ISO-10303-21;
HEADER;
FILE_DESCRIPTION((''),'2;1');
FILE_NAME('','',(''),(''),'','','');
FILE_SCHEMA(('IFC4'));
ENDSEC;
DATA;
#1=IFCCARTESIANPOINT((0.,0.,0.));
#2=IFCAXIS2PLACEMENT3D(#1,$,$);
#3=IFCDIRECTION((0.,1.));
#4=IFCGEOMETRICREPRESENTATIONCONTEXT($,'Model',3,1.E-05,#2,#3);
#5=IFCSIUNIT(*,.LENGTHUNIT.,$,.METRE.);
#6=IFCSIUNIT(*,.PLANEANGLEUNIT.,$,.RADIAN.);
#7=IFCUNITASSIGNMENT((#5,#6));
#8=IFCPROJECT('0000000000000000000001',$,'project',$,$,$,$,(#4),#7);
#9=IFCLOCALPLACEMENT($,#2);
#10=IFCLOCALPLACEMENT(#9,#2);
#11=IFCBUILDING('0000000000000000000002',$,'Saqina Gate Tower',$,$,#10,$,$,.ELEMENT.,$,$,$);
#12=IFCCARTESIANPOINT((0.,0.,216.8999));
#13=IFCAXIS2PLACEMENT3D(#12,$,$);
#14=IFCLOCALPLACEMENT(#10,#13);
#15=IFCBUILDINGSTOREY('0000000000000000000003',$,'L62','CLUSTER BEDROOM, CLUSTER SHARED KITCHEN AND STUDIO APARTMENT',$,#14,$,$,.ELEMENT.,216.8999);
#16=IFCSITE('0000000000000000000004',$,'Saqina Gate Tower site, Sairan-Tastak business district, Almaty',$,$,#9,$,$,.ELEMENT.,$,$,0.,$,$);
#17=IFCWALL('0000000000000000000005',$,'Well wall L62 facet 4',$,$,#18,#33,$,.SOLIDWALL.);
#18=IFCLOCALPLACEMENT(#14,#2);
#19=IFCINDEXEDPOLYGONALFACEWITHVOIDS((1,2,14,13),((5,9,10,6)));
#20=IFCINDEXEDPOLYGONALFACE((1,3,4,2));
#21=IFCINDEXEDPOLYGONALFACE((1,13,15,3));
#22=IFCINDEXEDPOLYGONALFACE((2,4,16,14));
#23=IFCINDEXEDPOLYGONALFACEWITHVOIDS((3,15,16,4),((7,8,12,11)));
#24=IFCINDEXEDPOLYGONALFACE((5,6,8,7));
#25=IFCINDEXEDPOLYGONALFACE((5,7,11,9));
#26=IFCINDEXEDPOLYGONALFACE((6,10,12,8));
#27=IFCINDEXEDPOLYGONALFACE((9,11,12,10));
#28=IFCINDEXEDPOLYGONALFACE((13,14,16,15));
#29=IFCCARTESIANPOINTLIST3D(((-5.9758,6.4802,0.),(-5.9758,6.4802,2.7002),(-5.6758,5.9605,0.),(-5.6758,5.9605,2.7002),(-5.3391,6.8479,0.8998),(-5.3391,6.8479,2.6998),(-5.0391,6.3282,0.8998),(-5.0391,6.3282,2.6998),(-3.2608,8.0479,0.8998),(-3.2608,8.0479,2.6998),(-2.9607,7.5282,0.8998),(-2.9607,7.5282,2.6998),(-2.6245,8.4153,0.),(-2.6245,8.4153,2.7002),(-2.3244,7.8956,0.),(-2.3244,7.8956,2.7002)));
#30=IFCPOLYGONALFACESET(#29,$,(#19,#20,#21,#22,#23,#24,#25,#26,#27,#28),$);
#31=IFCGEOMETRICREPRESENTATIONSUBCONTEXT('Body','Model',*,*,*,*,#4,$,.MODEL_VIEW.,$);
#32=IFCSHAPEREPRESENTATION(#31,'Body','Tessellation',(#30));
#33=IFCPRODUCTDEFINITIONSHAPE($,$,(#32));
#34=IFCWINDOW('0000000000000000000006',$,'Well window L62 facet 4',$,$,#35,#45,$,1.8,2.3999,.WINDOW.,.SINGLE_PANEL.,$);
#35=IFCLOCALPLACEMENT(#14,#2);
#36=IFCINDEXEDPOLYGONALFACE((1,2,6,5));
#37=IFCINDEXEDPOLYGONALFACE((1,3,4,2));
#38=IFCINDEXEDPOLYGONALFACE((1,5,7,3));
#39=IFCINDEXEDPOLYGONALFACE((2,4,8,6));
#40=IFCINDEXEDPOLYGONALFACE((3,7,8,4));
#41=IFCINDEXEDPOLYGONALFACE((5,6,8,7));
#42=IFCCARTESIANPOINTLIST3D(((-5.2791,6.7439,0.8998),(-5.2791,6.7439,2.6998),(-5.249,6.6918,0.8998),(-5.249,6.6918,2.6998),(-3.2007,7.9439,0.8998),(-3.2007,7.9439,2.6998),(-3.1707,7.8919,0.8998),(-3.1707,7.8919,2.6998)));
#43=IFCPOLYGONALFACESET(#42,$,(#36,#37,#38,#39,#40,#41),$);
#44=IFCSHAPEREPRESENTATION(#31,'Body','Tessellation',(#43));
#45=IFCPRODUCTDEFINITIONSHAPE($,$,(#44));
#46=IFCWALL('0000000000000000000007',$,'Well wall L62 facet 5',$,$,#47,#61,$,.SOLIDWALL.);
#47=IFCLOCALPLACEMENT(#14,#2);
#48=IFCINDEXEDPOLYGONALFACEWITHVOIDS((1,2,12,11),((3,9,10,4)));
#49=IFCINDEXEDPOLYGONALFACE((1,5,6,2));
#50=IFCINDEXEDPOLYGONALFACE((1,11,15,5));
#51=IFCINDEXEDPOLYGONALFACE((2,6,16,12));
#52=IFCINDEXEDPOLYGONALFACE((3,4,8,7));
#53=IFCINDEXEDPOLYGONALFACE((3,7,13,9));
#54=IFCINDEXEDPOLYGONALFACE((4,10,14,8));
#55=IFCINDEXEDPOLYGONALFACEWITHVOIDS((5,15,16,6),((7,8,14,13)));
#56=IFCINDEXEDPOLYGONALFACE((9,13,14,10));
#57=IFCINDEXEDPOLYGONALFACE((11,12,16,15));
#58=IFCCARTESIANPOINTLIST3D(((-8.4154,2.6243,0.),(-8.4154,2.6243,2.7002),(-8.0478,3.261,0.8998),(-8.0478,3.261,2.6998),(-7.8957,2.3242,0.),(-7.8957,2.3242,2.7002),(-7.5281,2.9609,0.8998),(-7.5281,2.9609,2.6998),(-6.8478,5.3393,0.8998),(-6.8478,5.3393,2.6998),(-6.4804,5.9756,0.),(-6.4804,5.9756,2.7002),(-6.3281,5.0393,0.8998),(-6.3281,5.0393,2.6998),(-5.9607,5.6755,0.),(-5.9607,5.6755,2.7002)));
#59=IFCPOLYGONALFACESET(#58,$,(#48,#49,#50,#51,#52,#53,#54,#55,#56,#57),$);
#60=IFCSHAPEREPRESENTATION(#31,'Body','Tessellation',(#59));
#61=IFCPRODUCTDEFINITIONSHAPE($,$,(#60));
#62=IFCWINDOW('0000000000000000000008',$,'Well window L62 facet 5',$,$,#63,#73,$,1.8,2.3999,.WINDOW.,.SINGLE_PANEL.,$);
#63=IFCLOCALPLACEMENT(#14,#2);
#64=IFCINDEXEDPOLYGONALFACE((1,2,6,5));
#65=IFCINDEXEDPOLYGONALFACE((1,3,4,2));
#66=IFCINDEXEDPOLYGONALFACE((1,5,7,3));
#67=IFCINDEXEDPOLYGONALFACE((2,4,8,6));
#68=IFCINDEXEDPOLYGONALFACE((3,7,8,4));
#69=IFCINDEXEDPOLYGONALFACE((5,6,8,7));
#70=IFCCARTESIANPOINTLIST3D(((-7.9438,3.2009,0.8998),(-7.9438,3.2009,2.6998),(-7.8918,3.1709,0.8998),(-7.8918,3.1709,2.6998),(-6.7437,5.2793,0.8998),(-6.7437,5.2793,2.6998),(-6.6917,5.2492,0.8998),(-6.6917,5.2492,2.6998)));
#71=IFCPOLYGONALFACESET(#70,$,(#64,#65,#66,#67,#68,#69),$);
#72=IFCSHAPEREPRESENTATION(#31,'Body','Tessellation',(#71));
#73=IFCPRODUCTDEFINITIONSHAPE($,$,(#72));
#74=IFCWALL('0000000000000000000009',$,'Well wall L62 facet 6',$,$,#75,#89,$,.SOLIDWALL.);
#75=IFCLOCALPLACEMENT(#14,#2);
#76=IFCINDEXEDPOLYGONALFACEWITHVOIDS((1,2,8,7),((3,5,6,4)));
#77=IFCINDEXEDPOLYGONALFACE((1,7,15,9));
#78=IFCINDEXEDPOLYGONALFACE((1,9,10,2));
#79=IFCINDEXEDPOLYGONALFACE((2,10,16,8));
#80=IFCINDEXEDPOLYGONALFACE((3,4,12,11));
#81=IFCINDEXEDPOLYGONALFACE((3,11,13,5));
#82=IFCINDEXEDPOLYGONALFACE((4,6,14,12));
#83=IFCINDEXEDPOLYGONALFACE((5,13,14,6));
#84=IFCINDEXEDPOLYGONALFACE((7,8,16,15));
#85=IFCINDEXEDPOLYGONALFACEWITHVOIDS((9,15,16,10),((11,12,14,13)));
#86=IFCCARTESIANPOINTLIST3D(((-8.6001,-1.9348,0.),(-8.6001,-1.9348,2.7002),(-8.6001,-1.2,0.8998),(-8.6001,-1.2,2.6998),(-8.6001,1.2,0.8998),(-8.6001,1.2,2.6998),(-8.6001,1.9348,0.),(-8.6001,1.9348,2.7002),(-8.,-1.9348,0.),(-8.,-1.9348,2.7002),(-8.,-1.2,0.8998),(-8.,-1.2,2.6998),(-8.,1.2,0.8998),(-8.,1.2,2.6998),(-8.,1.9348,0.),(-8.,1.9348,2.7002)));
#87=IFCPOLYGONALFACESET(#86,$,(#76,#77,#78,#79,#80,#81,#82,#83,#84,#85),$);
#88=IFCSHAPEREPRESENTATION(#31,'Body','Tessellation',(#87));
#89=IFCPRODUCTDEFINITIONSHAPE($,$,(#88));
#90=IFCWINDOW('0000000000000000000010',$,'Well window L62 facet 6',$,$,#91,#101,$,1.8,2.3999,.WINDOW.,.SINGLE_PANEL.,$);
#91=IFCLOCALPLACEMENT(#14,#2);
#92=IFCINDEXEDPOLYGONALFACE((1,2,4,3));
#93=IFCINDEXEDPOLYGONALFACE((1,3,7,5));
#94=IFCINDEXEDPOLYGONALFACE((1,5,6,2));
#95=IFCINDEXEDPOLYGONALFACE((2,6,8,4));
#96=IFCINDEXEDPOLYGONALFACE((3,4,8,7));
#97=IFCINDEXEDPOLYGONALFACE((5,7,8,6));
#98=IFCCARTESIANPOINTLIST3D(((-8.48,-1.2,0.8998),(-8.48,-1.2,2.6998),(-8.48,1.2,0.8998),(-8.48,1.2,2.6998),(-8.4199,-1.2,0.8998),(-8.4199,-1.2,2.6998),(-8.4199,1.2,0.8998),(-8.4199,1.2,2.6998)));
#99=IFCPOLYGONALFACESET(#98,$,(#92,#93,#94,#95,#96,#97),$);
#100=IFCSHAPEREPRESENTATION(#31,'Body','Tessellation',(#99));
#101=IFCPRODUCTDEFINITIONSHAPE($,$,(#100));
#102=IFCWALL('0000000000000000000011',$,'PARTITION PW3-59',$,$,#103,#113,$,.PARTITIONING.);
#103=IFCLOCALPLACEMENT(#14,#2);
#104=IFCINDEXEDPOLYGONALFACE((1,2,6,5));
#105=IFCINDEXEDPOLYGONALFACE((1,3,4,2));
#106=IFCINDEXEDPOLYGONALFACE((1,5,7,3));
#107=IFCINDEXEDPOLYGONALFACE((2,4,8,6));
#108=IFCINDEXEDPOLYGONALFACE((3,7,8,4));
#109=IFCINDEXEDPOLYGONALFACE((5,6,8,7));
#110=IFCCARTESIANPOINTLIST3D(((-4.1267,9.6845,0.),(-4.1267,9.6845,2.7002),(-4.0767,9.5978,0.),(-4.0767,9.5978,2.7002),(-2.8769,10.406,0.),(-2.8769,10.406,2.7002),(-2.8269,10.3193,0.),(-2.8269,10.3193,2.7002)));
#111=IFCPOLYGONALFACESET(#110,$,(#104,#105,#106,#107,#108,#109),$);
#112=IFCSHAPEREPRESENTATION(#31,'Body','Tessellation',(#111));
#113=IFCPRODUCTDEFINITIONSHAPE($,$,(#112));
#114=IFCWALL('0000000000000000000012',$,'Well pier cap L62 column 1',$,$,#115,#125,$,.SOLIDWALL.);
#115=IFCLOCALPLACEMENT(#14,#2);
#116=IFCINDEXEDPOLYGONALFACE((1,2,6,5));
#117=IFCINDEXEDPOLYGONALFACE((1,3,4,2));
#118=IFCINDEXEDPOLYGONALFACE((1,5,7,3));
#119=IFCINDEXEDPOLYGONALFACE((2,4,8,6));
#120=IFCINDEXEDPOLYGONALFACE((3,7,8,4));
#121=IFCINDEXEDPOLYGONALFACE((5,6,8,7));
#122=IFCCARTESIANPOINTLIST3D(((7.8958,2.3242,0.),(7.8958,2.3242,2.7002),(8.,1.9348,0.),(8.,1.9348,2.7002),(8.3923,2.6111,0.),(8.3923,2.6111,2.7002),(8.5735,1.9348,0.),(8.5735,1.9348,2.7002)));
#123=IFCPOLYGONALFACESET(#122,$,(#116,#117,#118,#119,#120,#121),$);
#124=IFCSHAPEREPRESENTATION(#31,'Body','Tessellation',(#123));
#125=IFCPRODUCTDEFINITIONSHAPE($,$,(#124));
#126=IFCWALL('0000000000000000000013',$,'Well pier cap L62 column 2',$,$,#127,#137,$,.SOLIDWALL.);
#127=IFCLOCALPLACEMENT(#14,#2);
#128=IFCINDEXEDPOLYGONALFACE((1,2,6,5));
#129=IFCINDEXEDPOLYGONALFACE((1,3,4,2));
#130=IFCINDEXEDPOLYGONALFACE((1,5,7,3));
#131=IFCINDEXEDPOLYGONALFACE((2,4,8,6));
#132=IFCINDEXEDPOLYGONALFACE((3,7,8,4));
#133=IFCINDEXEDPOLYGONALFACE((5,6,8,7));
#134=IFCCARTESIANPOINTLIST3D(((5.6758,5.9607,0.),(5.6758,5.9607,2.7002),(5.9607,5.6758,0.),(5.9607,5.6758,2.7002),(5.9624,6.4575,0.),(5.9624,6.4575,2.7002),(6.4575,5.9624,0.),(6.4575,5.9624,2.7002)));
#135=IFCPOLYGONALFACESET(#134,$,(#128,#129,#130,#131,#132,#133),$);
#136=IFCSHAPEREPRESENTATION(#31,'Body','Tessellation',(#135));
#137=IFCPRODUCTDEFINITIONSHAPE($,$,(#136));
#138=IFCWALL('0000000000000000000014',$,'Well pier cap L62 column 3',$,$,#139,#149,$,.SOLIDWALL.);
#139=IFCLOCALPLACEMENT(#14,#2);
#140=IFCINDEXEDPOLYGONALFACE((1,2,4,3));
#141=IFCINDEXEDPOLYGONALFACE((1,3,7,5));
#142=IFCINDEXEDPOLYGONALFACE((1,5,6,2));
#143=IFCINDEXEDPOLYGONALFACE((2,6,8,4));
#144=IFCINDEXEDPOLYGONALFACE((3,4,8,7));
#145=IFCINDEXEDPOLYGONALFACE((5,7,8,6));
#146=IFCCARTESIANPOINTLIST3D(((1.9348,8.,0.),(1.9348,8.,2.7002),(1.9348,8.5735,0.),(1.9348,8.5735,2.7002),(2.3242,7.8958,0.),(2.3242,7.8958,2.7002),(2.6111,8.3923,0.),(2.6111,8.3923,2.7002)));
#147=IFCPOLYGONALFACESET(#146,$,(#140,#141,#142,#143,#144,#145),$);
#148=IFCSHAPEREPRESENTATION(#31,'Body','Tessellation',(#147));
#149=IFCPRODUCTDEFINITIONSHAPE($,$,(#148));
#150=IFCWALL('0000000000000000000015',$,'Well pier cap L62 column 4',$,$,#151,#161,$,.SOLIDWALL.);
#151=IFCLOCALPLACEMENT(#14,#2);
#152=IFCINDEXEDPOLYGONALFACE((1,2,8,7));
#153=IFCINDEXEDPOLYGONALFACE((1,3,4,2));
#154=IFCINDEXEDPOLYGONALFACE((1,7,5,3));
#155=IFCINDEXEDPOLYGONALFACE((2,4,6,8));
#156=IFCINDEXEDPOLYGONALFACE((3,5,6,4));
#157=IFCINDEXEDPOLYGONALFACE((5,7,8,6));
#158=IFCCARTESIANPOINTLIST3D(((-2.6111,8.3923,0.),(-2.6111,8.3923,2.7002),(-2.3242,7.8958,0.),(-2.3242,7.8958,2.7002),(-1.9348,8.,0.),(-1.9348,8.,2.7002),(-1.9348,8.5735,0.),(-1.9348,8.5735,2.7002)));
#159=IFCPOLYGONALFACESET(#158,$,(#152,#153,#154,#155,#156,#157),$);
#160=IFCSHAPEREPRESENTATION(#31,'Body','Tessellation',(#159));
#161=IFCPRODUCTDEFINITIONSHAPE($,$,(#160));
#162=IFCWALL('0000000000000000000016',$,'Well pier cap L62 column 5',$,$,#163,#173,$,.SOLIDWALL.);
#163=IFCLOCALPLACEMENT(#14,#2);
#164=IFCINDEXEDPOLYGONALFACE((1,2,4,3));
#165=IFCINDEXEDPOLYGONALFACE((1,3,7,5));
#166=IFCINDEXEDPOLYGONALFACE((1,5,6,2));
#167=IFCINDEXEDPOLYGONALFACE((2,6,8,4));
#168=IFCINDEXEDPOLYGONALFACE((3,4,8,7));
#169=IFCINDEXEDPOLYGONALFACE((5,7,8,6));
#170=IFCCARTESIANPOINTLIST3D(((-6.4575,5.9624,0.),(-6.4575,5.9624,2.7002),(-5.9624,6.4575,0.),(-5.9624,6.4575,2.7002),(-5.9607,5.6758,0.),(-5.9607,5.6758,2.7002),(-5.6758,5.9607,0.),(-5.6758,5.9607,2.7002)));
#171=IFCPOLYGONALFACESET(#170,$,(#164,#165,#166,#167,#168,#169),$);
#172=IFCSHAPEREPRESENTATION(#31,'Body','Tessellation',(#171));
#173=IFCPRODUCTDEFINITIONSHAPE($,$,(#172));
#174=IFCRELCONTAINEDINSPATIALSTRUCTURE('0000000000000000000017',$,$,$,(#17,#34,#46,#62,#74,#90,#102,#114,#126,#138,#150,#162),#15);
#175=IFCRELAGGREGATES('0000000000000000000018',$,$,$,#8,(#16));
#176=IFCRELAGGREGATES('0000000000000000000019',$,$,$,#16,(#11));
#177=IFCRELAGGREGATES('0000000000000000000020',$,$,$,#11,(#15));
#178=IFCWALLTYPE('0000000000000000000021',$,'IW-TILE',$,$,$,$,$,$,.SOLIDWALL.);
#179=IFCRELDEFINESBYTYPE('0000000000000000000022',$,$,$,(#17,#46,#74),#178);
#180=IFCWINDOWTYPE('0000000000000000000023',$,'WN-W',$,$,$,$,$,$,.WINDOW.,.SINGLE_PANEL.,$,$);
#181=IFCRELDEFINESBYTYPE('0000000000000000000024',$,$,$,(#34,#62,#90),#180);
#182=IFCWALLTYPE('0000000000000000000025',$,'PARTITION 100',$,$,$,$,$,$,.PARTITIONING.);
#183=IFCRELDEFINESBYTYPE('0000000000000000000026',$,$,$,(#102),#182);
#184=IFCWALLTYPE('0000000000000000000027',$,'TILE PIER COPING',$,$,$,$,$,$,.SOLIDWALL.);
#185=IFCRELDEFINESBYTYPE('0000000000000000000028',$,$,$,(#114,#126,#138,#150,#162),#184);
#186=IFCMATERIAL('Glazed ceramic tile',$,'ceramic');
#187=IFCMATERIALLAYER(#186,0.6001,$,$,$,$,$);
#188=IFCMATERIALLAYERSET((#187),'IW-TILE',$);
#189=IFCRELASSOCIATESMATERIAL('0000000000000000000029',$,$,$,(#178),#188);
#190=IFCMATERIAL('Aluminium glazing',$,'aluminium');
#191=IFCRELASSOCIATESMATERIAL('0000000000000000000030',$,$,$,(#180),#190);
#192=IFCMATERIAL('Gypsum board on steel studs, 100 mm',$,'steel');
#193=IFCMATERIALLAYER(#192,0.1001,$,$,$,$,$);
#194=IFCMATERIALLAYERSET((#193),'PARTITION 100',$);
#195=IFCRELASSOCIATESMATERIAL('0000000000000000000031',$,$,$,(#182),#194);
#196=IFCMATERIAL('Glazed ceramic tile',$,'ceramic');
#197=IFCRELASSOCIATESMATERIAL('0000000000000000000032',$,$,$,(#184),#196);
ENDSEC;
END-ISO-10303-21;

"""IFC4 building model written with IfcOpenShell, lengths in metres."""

from ifc_helpers import new_model, si_unit, direction, frame, frame_2d, origin, place, context, subcontext, project, spatial, polyline, rectangle, outline, extrude, material, layer, layer_set, type_object, element, fill, save


model = new_model("IFC4")

# Units and contexts
model_context = context("Model", 3, precision=1e-05, world=origin(), true_north=direction((0.0, 1.0)))
body_context = subcontext(model_context, "Body", "Model", "MODEL_VIEW")
ifc_project = project(units=[si_unit("LENGTHUNIT", "METRE"), si_unit("PLANEANGLEUNIT", "RADIAN")], contexts=[model_context])

# Site, building, storey
site_placement = place(None, origin())
site = spatial("IfcSite", under=ifc_project, at=site_placement, Name="Saqina Gate Tower site, Sairan-Tastak business district, Almaty", CompositionType="ELEMENT", RefElevation=0.0)
building_placement = place(site_placement, origin())
building = spatial("IfcBuilding", under=site, at=building_placement, Name="Saqina Gate Tower", CompositionType="ELEMENT")
storey_placement = place(building_placement, frame((0.0, 0.0, 216.8999)))
storey = spatial("IfcBuildingStorey", under=building, at=storey_placement, Name="L62", Description="CLUSTER BEDROOM, CLUSTER SHARED KITCHEN AND STUDIO APARTMENT", CompositionType="ELEMENT", Elevation=216.8999)

# Walls, openings, windows
ifc_material_1 = material(Name="Glazed ceramic tile", Category="ceramic")
ifc_layer_1 = layer(ifc_material_1, 0.6001)
ifc_layer_set_1 = layer_set([ifc_layer_1], Name="IW-TILE")
wall_type_1 = type_object("IfcWallType", Name="IW-TILE", PredefinedType="SOLIDWALL", material=ifc_layer_set_1)
wall_1_placement = place(storey_placement, frame((-2.4744, 8.1555, 0.0), z_axis=(0.0, 0.0, 1.0), x_axis=(-0.866006, -0.500034, 0.0)))
wall_1 = element("IfcWall", 1, at=wall_1_placement, inside=storey, type_object=wall_type_1, Name="Well wall L62 facet 4", PredefinedType="SOLIDWALL", context=body_context, shape_type="SweptSolid", body=[
    extrude(rectangle(XDim=3.8699, YDim=0.6001, at=frame_2d((1.9351, 0.0))), origin(), (0.0, 0.0, 1.0), 2.7002),
])
opening_1_placement = place(wall_1_placement, frame((0.7349, 0.0, 0.8999)))
opening_1 = element("IfcOpeningElement", 2, at=opening_1_placement, cuts=wall_1, PredefinedType="OPENING", context=body_context, shape_type="SweptSolid", body=[
    extrude(rectangle(XDim=2.3999, YDim=1.8, at=frame_2d((1.2, 0.8999))), frame((0.0, 0.312, 0.0), z_axis=(0.0, -1.0, 0.0), x_axis=(1.0, 0.0, 0.0)), (0.0, 0.0, 1.0), 0.624),
])
ifc_material_2 = material(Name="Aluminium glazing", Category="aluminium")
window_type = type_object("IfcWindowType", Name="WN-W", PartitioningType="SINGLE_PANEL", PredefinedType="WINDOW", material=ifc_material_2)
window_1_placement = place(opening_1_placement, origin())
window_1 = element("IfcWindow", 3, at=window_1_placement, inside=storey, type_object=window_type, Name="Well window L62 facet 4", OverallHeight=1.8, OverallWidth=2.3999, PartitioningType="SINGLE_PANEL", PredefinedType="WINDOW", context=body_context, shape_type="SweptSolid", body=[
    extrude(rectangle(XDim=2.3999, YDim=1.8, at=frame_2d((1.2, 0.8999))), frame((0.0, -0.1199, 0.0), z_axis=(0.0, -1.0, 0.0), x_axis=(1.0, 0.0, 0.0)), (0.0, 0.0, 1.0), 0.0601),
])
fill(opening_1, window_1)
wall_2_placement = place(storey_placement, frame((-6.2205, 5.8257, 0.0), z_axis=(0.0, 0.0, 1.0), x_axis=(-0.500034, -0.866006, 0.0)))
wall_2 = element("IfcWall", 4, at=wall_2_placement, inside=storey, type_object=wall_type_1, Name="Well wall L62 facet 5", PredefinedType="SOLIDWALL", context=body_context, shape_type="SweptSolid", body=[
    extrude(rectangle(XDim=3.8699, YDim=0.6001, at=frame_2d((1.9351, 0.0))), origin(), (0.0, 0.0, 1.0), 2.7002),
])
opening_2_placement = place(wall_2_placement, frame((0.7349, 0.0, 0.8999)))
opening_2 = element("IfcOpeningElement", 5, at=opening_2_placement, cuts=wall_2, PredefinedType="OPENING", context=body_context, shape_type="SweptSolid", body=[
    extrude(rectangle(XDim=2.3999, YDim=1.8, at=frame_2d((1.2, 0.8999))), frame((0.0, 0.312, 0.0), z_axis=(0.0, -1.0, 0.0), x_axis=(1.0, 0.0, 0.0)), (0.0, 0.0, 1.0), 0.624),
])
window_2_placement = place(opening_2_placement, origin())
window_2 = element("IfcWindow", 6, at=window_2_placement, inside=storey, type_object=window_type, Name="Well window L62 facet 5", OverallHeight=1.8, OverallWidth=2.3999, PartitioningType="SINGLE_PANEL", PredefinedType="WINDOW", context=body_context, shape_type="SweptSolid", body=[
    extrude(rectangle(XDim=2.3999, YDim=1.8, at=frame_2d((1.2, 0.8999))), frame((0.0, -0.1199, 0.0), z_axis=(0.0, -1.0, 0.0), x_axis=(1.0, 0.0, 0.0)), (0.0, 0.0, 1.0), 0.0601),
])
fill(opening_2, window_2)
wall_3_placement = place(storey_placement, frame((-8.3, 1.9348, 0.0), z_axis=(0.0, 0.0, 1.0), x_axis=(0.0, -1.0, 0.0)))
wall_3 = element("IfcWall", 7, at=wall_3_placement, inside=storey, type_object=wall_type_1, Name="Well wall L62 facet 6", PredefinedType="SOLIDWALL", context=body_context, shape_type="SweptSolid", body=[
    extrude(rectangle(XDim=3.8696, YDim=0.6001, at=frame_2d((1.9348, 0.0))), origin(), (0.0, 0.0, 1.0), 2.7002),
])
opening_3_placement = place(wall_3_placement, frame((0.7349, 0.0, 0.8999)))
opening_3 = element("IfcOpeningElement", 8, at=opening_3_placement, cuts=wall_3, PredefinedType="OPENING", context=body_context, shape_type="SweptSolid", body=[
    extrude(rectangle(XDim=2.3999, YDim=1.8, at=frame_2d((1.2, 0.8999))), frame((0.0, 0.312, 0.0), z_axis=(0.0, -1.0, 0.0), x_axis=(1.0, 0.0, 0.0)), (0.0, 0.0, 1.0), 0.624),
])
window_3_placement = place(opening_3_placement, origin())
window_3 = element("IfcWindow", 9, at=window_3_placement, inside=storey, type_object=window_type, Name="Well window L62 facet 6", OverallHeight=1.8, OverallWidth=2.3999, PartitioningType="SINGLE_PANEL", PredefinedType="WINDOW", context=body_context, shape_type="SweptSolid", body=[
    extrude(rectangle(XDim=2.3999, YDim=1.8, at=frame_2d((1.2, 0.8999))), frame((0.0, -0.1199, 0.0), z_axis=(0.0, -1.0, 0.0), x_axis=(1.0, 0.0, 0.0)), (0.0, 0.0, 1.0), 0.0601),
])
fill(opening_3, window_3)

# Walls
ifc_material_3 = material(Name="Gypsum board on steel studs, 100 mm", Category="steel")
ifc_layer_2 = layer(ifc_material_3, 0.1001)
ifc_layer_set_2 = layer_set([ifc_layer_2], Name="PARTITION 100")
wall_type_2 = type_object("IfcWallType", Name="PARTITION 100", PredefinedType="PARTITIONING", material=ifc_layer_set_2)
wall_4_placement = place(storey_placement, frame((-4.1018, 9.6411, 0.0), z_axis=(0.0, 0.0, 1.0), x_axis=(0.866059, 0.499942, 0.0)))
element("IfcWall", 10, at=wall_4_placement, inside=storey, type_object=wall_type_2, Name="PARTITION PW3-59", PredefinedType="PARTITIONING", context=body_context, shape_type="SweptSolid", body=[
    extrude(rectangle(XDim=1.4431, YDim=0.1001, at=frame_2d((0.7217, 0.0))), origin(), (0.0, 0.0, 1.0), 2.7002),
])
ifc_material_4 = material(Name="Glazed ceramic tile", Category="ceramic")
wall_type_3 = type_object("IfcWallType", Name="TILE PIER COPING", PredefinedType="SOLIDWALL", material=ifc_material_4)
wall_5_placement = place(storey_placement, origin())
element("IfcWall", 11, at=wall_5_placement, inside=storey, type_object=wall_type_3, Name="Well pier cap L62 column 1", PredefinedType="SOLIDWALL", context=body_context, shape_type="SweptSolid", body=[
    extrude(outline(polyline([(8.3923, 2.6111), (7.8958, 2.3242), (8.0, 1.9348), (8.5735, 1.9348), (8.3923, 2.6111)])), origin(), (0.0, 0.0, 1.0), 2.7002),
])
wall_6_placement = place(storey_placement, origin())
element("IfcWall", 12, at=wall_6_placement, inside=storey, type_object=wall_type_3, Name="Well pier cap L62 column 2", PredefinedType="SOLIDWALL", context=body_context, shape_type="SweptSolid", body=[
    extrude(outline(polyline([(5.9624, 6.4575), (5.6758, 5.9607), (5.9607, 5.6758), (6.4575, 5.9624), (5.9624, 6.4575)])), origin(), (0.0, 0.0, 1.0), 2.7002),
])
wall_7_placement = place(storey_placement, origin())
element("IfcWall", 13, at=wall_7_placement, inside=storey, type_object=wall_type_3, Name="Well pier cap L62 column 3", PredefinedType="SOLIDWALL", context=body_context, shape_type="SweptSolid", body=[
    extrude(outline(polyline([(1.9348, 8.5735), (1.9348, 8.0), (2.3242, 7.8958), (2.6111, 8.3923), (1.9348, 8.5735)])), origin(), (0.0, 0.0, 1.0), 2.7002),
])
wall_8_placement = place(storey_placement, origin())
element("IfcWall", 14, at=wall_8_placement, inside=storey, type_object=wall_type_3, Name="Well pier cap L62 column 4", PredefinedType="SOLIDWALL", context=body_context, shape_type="SweptSolid", body=[
    extrude(outline(polyline([(-1.9348, 8.0), (-1.9348, 8.5735), (-2.6111, 8.3923), (-2.3242, 7.8958), (-1.9348, 8.0)])), origin(), (0.0, 0.0, 1.0), 2.7002),
])
wall_9_placement = place(storey_placement, origin())
element("IfcWall", 15, at=wall_9_placement, inside=storey, type_object=wall_type_3, Name="Well pier cap L62 column 5", PredefinedType="SOLIDWALL", context=body_context, shape_type="SweptSolid", body=[
    extrude(outline(polyline([(-6.4575, 5.9624), (-5.9607, 5.6758), (-5.6758, 5.9607), (-5.9624, 6.4575), (-6.4575, 5.9624)])), origin(), (0.0, 0.0, 1.0), 2.7002),
])

save(model, "model.ifc")
